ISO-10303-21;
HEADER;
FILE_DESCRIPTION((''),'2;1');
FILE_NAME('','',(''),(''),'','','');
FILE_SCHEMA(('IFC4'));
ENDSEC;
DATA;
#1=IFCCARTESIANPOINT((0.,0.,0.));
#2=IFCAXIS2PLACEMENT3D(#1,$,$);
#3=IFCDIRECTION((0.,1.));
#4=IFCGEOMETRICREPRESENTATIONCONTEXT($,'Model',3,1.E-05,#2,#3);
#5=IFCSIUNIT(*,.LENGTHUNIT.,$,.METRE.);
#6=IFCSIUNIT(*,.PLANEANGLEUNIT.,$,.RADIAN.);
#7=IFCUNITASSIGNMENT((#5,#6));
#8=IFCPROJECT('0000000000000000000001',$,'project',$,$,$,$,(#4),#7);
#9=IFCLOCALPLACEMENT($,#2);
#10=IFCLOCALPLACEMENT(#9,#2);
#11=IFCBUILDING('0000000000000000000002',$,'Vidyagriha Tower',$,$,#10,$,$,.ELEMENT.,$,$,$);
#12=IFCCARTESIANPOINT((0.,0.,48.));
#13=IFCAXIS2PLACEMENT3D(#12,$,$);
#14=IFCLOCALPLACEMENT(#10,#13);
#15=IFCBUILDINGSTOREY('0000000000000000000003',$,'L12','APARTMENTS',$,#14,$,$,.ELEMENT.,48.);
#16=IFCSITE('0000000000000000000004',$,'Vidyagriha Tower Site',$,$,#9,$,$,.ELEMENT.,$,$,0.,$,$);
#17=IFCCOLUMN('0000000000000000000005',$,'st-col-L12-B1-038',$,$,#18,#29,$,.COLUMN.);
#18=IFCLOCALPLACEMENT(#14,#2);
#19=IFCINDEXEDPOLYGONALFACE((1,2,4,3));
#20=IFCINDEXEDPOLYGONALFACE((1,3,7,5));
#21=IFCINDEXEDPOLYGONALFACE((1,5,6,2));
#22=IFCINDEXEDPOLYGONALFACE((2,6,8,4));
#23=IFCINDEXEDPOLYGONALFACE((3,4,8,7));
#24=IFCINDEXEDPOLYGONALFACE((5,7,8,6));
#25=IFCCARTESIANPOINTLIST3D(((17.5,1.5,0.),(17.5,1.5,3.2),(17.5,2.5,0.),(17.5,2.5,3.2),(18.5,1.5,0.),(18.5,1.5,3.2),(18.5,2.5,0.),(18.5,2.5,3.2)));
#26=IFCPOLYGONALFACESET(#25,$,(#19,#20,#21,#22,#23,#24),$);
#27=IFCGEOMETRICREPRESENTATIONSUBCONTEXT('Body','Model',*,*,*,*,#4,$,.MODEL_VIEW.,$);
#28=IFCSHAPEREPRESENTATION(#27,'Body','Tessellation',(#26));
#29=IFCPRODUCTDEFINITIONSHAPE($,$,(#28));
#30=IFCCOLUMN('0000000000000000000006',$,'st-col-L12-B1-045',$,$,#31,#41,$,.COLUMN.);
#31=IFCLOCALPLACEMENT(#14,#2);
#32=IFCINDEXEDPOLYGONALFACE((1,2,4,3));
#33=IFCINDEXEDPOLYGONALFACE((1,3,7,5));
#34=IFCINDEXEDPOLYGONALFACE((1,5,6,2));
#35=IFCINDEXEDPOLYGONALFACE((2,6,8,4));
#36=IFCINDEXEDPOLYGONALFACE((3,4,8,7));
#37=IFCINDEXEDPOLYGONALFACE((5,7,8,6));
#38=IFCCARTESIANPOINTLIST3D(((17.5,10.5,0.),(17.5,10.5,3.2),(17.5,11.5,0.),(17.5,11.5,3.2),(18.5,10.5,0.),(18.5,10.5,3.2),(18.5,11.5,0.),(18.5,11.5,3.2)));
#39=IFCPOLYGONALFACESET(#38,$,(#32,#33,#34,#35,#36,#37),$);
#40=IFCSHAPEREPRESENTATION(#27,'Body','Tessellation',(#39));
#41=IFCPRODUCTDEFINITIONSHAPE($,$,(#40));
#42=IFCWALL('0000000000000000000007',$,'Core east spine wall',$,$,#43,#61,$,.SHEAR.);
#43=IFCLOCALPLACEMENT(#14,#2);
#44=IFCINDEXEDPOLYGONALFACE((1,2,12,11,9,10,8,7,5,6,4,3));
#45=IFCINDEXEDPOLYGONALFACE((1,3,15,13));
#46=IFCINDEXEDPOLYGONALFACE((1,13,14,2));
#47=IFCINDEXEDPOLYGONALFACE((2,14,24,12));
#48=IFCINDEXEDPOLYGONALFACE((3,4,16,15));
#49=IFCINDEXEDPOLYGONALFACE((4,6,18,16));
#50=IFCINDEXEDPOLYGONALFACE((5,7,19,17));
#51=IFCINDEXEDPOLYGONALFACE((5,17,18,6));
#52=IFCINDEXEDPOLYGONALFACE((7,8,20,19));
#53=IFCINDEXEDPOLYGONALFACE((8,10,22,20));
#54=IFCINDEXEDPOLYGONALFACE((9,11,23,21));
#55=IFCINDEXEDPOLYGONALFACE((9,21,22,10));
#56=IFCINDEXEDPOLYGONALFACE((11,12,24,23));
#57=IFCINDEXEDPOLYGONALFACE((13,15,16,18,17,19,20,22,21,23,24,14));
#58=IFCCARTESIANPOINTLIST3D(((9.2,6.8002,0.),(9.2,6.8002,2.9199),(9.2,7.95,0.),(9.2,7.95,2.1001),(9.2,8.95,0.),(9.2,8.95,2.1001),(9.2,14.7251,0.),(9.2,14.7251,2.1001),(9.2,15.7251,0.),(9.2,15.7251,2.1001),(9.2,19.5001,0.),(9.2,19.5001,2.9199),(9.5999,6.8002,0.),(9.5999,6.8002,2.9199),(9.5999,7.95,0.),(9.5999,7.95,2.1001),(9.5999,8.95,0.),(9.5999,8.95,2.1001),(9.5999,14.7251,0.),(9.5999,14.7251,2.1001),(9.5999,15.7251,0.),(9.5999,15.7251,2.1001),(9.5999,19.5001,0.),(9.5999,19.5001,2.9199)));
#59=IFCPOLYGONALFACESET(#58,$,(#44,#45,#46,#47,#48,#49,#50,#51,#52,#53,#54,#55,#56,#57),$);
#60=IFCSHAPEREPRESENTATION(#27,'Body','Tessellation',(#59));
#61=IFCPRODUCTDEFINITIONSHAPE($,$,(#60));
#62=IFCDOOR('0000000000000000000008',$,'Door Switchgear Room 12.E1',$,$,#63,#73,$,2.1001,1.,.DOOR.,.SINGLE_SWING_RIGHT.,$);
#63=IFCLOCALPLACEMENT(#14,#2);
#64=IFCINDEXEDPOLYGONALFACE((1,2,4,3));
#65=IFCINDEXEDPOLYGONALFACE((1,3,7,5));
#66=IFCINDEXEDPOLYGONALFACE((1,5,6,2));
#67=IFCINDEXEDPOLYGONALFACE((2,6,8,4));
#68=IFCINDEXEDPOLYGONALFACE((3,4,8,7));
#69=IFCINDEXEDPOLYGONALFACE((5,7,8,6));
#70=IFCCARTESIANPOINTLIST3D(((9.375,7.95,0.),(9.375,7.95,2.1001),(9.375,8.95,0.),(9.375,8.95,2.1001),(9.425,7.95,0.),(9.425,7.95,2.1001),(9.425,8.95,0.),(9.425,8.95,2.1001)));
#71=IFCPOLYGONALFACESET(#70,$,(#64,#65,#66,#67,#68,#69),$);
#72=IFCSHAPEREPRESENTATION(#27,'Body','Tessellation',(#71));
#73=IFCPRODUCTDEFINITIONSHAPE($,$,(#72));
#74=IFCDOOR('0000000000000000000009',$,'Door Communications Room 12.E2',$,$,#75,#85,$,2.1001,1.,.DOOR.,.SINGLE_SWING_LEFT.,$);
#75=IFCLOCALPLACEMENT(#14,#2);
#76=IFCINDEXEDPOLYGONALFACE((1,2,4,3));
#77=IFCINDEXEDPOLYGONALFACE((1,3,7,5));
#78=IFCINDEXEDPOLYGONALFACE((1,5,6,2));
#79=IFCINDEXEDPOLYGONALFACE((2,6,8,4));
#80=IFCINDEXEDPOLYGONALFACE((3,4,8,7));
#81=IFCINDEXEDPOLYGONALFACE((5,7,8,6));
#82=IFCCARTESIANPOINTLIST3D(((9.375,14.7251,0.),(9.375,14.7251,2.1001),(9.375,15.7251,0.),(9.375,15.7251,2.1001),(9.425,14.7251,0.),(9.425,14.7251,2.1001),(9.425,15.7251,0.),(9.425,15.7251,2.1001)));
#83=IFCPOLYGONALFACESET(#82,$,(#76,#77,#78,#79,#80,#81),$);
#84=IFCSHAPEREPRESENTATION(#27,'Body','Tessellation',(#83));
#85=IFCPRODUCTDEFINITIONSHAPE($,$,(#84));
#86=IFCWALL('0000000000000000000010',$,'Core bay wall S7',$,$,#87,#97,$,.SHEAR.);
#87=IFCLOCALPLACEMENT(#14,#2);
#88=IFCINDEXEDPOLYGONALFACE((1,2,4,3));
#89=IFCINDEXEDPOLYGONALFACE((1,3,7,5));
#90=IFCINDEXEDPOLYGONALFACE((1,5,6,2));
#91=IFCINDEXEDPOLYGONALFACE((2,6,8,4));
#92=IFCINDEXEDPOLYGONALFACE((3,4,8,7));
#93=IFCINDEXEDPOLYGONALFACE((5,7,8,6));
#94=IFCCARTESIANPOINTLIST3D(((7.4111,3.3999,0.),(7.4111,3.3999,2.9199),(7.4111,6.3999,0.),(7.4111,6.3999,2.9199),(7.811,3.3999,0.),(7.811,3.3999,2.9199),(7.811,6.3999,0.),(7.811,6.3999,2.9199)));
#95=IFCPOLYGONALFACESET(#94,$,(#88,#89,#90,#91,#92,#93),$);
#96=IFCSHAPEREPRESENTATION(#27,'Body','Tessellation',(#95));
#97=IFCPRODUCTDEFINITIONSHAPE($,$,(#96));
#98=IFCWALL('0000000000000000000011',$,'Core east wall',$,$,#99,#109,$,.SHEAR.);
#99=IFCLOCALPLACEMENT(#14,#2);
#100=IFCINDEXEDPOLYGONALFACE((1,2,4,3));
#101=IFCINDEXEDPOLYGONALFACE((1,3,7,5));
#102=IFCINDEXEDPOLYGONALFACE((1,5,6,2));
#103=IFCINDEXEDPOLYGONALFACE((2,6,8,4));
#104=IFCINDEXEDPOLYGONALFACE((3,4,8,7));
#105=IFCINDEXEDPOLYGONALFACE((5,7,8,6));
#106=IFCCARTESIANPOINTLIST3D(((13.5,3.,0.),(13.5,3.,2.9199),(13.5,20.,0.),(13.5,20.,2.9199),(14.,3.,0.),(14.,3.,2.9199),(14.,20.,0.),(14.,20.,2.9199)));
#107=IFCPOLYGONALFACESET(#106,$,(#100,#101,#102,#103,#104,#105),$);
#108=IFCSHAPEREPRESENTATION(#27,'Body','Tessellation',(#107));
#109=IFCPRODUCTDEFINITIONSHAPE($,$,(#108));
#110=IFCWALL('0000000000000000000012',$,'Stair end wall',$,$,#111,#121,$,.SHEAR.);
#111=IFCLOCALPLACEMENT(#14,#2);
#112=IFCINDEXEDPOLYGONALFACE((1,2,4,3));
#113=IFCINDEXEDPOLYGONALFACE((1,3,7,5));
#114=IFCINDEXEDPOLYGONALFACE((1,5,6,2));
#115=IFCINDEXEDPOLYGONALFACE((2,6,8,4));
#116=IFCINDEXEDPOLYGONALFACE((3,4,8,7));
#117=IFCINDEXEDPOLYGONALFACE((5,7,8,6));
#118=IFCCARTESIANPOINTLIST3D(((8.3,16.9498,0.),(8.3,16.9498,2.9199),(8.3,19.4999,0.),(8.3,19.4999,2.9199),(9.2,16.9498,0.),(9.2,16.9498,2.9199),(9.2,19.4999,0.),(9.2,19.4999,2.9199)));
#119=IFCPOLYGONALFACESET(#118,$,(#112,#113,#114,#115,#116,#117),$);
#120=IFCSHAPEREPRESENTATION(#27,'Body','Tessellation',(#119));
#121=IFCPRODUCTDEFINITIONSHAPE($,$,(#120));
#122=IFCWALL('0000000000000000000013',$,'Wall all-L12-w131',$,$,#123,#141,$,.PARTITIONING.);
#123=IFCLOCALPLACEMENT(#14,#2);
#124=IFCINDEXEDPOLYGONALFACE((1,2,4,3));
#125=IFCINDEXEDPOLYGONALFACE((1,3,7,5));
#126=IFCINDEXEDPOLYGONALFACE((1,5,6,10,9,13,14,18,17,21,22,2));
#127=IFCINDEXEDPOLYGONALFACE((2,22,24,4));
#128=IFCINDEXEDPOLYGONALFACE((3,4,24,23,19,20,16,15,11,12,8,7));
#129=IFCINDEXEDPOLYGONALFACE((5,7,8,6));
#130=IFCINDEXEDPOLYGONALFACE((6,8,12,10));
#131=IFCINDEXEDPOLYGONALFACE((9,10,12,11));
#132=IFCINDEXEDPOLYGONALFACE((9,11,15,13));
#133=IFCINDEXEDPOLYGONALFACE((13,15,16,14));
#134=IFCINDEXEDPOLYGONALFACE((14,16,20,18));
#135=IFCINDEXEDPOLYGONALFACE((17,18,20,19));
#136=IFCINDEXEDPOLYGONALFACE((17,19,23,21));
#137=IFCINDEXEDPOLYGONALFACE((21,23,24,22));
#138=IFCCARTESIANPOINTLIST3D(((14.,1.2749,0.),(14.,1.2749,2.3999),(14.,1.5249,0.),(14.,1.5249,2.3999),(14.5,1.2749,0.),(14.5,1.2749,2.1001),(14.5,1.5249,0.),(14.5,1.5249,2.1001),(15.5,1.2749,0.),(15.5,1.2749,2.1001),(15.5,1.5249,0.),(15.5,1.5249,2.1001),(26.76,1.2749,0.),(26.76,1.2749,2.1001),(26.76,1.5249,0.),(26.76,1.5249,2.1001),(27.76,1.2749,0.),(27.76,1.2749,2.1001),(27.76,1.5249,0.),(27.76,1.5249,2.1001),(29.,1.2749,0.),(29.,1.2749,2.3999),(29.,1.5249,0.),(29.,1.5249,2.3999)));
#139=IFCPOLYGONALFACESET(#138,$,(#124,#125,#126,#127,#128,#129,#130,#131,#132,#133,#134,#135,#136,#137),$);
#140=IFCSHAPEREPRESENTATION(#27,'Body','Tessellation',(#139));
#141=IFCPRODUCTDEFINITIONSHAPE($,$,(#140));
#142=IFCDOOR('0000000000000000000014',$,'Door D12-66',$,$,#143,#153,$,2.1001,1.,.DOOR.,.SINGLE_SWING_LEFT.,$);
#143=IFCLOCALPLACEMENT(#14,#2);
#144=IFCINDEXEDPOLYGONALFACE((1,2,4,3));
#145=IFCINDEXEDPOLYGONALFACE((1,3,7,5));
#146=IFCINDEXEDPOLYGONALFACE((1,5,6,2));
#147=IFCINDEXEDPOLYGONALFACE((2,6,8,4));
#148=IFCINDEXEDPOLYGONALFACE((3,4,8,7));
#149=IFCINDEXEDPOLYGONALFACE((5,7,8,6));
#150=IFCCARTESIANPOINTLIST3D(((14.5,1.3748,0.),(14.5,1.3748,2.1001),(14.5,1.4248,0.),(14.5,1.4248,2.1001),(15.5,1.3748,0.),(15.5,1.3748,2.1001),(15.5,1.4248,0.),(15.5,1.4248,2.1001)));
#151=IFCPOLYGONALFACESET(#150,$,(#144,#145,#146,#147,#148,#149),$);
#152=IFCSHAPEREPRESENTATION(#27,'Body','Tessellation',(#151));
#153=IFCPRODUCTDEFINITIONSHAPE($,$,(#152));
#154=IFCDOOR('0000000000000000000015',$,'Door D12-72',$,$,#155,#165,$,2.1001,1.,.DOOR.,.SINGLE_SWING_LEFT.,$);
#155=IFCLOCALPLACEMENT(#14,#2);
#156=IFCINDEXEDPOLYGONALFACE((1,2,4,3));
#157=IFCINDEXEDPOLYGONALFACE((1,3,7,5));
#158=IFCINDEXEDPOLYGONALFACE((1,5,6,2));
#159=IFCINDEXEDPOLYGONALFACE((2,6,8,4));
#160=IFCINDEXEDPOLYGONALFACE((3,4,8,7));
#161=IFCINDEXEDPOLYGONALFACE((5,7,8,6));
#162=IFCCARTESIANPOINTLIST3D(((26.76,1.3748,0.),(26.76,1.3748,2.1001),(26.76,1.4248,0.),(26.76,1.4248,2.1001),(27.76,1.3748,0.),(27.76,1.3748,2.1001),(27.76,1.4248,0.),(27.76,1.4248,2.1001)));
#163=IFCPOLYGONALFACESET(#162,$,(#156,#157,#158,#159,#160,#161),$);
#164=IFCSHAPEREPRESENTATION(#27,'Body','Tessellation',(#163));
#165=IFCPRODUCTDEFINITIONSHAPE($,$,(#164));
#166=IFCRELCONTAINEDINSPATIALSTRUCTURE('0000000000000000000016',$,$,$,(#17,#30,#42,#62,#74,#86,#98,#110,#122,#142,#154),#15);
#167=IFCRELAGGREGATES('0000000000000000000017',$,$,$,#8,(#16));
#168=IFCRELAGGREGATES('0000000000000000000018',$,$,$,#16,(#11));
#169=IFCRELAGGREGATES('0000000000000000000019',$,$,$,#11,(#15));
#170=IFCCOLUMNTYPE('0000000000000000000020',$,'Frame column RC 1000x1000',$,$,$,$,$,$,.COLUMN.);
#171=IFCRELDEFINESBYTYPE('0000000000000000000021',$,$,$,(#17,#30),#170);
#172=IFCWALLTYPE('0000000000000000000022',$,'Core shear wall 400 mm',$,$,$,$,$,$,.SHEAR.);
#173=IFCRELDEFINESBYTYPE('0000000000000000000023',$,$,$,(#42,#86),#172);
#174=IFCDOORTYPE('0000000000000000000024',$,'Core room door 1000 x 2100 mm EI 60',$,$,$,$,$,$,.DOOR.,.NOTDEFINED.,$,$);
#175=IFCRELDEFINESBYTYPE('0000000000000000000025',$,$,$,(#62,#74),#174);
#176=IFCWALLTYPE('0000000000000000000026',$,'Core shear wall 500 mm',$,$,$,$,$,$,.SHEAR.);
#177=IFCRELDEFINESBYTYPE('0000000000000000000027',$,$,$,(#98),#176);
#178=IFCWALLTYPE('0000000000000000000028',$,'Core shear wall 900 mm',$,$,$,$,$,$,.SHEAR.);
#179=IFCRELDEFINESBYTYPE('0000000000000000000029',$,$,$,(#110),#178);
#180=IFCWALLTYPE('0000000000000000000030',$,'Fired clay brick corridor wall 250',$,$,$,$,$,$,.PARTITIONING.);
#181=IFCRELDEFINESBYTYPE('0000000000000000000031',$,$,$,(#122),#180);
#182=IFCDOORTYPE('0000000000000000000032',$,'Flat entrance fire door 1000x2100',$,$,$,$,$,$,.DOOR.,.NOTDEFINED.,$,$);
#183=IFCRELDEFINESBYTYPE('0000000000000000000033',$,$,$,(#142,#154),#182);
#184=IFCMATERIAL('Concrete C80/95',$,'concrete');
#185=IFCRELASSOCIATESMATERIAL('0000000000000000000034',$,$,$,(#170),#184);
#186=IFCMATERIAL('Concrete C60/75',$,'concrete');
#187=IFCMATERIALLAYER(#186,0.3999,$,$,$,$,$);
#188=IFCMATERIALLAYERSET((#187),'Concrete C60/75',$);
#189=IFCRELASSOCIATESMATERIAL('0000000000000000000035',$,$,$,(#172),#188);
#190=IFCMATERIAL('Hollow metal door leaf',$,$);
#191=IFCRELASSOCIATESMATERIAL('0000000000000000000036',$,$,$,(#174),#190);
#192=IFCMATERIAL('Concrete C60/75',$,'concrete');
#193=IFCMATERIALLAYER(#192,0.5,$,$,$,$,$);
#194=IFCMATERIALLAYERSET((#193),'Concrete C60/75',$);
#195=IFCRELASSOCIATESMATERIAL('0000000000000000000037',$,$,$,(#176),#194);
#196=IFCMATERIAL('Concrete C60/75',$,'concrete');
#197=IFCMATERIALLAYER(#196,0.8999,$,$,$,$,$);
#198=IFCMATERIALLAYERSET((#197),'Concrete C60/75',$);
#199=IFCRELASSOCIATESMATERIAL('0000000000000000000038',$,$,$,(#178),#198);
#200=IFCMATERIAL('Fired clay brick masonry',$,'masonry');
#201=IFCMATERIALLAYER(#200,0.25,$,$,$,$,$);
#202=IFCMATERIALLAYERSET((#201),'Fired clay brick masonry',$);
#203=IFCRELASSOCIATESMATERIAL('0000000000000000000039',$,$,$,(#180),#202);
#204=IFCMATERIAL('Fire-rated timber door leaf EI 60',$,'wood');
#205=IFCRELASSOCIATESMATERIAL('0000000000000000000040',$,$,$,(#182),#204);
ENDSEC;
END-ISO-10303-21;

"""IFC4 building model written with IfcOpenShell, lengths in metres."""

from ifc_helpers import new_model, si_unit, direction, frame, frame_2d, origin, origin_2d, place, context, subcontext, project, spatial, rectangle, extrude, material, layer, layer_set, material_profile, profile_set, type_object, element, fill, save


model = new_model("IFC4")

# Units and contexts
model_context = context("Model", 3, precision=1e-05, world=origin(), true_north=direction((0.0, 1.0)))
body_context = subcontext(model_context, "Body", "Model", "MODEL_VIEW")
ifc_project = project(units=[si_unit("LENGTHUNIT", "METRE"), si_unit("PLANEANGLEUNIT", "RADIAN")], contexts=[model_context])

# Site, building, storey
site_placement = place(None, origin())
site = spatial("IfcSite", under=ifc_project, at=site_placement, Name="Vidyagriha Tower Site", CompositionType="ELEMENT", RefElevation=0.0)
building_placement = place(site_placement, origin())
building = spatial("IfcBuilding", under=site, at=building_placement, Name="Vidyagriha Tower", CompositionType="ELEMENT")
storey_placement = place(building_placement, frame((0.0, 0.0, 48.0)))
storey = spatial("IfcBuildingStorey", under=building, at=storey_placement, Name="L12", Description="APARTMENTS", CompositionType="ELEMENT", Elevation=48.0)

# Columns
ifc_material_1 = material(Name="Concrete C80/95", Category="concrete")
ifc_material_profile = material_profile(ifc_material_1, rectangle(XDim=1.0, YDim=1.0, at=origin_2d()), Name="RC 1000x1000")
ifc_profile_set = profile_set([ifc_material_profile], Name="Concrete C80/95")
column_type = type_object("IfcColumnType", Name="Frame column RC 1000x1000", PredefinedType="COLUMN", material=ifc_profile_set)
for number, where, name in (
    (1, (18.0, 2.0, 0.0), "st-col-L12-B1-038"),
    (2, (18.0, 11.0, 0.0), "st-col-L12-B1-045"),
):
    element("IfcColumn", number, at=place(storey_placement, frame(where)), inside=storey, type_object=column_type, Name=name, PredefinedType="COLUMN", context=body_context, shape_type="SweptSolid", body=[
        extrude(rectangle(XDim=1.0, YDim=1.0, at=origin_2d()), origin(), (0.0, 0.0, 1.0), 3.2),
    ])

# Wall, openings, doors
ifc_material_2 = material(Name="Concrete C60/75", Category="concrete")
ifc_layer_1 = layer(ifc_material_2, 0.3999)
ifc_layer_set_1 = layer_set([ifc_layer_1], Name="Concrete C60/75")
wall_type_1 = type_object("IfcWallType", Name="Core shear wall 400 mm", PredefinedType="SHEAR", material=ifc_layer_set_1)
wall_1_placement = place(storey_placement, frame((9.3999, 6.8, 0.0), z_axis=(0.0, 0.0, 1.0), x_axis=(0.0, 1.0, 0.0)))
wall_1 = element("IfcWall", 3, at=wall_1_placement, inside=storey, type_object=wall_type_1, Name="Core east spine wall", PredefinedType="SHEAR", context=body_context, shape_type="SweptSolid", body=[
    extrude(rectangle(XDim=12.7, YDim=0.3999, at=frame_2d((6.3501, 0.0))), origin(), (0.0, 0.0, 1.0), 2.9199),
])
opening_1_placement = place(wall_1_placement, frame((1.1499, 0.0, 0.0)))
opening_1 = element("IfcOpeningElement", 4, at=opening_1_placement, cuts=wall_1, PredefinedType="OPENING", context=body_context, shape_type="SweptSolid", body=[
    extrude(rectangle(XDim=1.0, YDim=2.1001, at=frame_2d((0.5, 1.05))), frame((0.0, 0.21, 0.0), z_axis=(0.0, -1.0, 0.0), x_axis=(1.0, 0.0, 0.0)), (0.0, 0.0, 1.0), 0.4199),
])
opening_2_placement = place(wall_1_placement, frame((7.925, 0.0, 0.0)))
opening_2 = element("IfcOpeningElement", 5, at=opening_2_placement, cuts=wall_1, PredefinedType="OPENING", context=body_context, shape_type="SweptSolid", body=[
    extrude(rectangle(XDim=1.0, YDim=2.1001, at=frame_2d((0.5, 1.05))), frame((0.0, 0.21, 0.0), z_axis=(0.0, -1.0, 0.0), x_axis=(1.0, 0.0, 0.0)), (0.0, 0.0, 1.0), 0.4199),
])
ifc_material_3 = material(Name="Hollow metal door leaf")
door_type_1 = type_object("IfcDoorType", Name="Core room door 1000 x 2100 mm EI 60", OperationType="NOTDEFINED", PredefinedType="DOOR", material=ifc_material_3)
door_1_placement = place(opening_1_placement, origin())
door_1 = element("IfcDoor", 6, at=door_1_placement, inside=storey, type_object=door_type_1, Name="Door Switchgear Room 12.E1", OperationType="SINGLE_SWING_RIGHT", OverallHeight=2.1001, OverallWidth=1.0, PredefinedType="DOOR", context=body_context, shape_type="SweptSolid", body=[
    extrude(rectangle(XDim=1.0, YDim=2.1001, at=frame_2d((0.5, 1.05))), frame((0.0, 0.0249, 0.0), z_axis=(0.0, -1.0, 0.0), x_axis=(1.0, 0.0, 0.0)), (0.0, 0.0, 1.0), 0.05),
])
fill(opening_1, door_1)
door_2_placement = place(opening_2_placement, origin())
door_2 = element("IfcDoor", 7, at=door_2_placement, inside=storey, type_object=door_type_1, Name="Door Communications Room 12.E2", OperationType="SINGLE_SWING_LEFT", OverallHeight=2.1001, OverallWidth=1.0, PredefinedType="DOOR", context=body_context, shape_type="SweptSolid", body=[
    extrude(rectangle(XDim=1.0, YDim=2.1001, at=frame_2d((0.5, 1.05))), frame((0.0, 0.0249, 0.0), z_axis=(0.0, -1.0, 0.0), x_axis=(1.0, 0.0, 0.0)), (0.0, 0.0, 1.0), 0.05),
])
fill(opening_2, door_2)

# Walls
wall_2_placement = place(storey_placement, frame((7.6111, 3.3999, 0.0), z_axis=(0.0, 0.0, 1.0), x_axis=(0.0, 1.0, 0.0)))
element("IfcWall", 8, at=wall_2_placement, inside=storey, type_object=wall_type_1, Name="Core bay wall S7", PredefinedType="SHEAR", context=body_context, shape_type="SweptSolid", body=[
    extrude(rectangle(XDim=3.0, YDim=0.3999, at=frame_2d((1.5, 0.0))), origin(), (0.0, 0.0, 1.0), 2.9199),
])
ifc_material_4 = material(Name="Concrete C60/75", Category="concrete")
ifc_layer_2 = layer(ifc_material_4, 0.5)
ifc_layer_set_2 = layer_set([ifc_layer_2], Name="Concrete C60/75")
wall_type_2 = type_object("IfcWallType", Name="Core shear wall 500 mm", PredefinedType="SHEAR", material=ifc_layer_set_2)
wall_3_placement = place(storey_placement, frame((13.75, 3.0, 0.0), z_axis=(0.0, 0.0, 1.0), x_axis=(0.0, 1.0, 0.0)))
element("IfcWall", 9, at=wall_3_placement, inside=storey, type_object=wall_type_2, Name="Core east wall", PredefinedType="SHEAR", context=body_context, shape_type="SweptSolid", body=[
    extrude(rectangle(XDim=17.0, YDim=0.5, at=frame_2d((8.5, 0.0))), origin(), (0.0, 0.0, 1.0), 2.9199),
])
ifc_material_5 = material(Name="Concrete C60/75", Category="concrete")
ifc_layer_3 = layer(ifc_material_5, 0.8999)
ifc_layer_set_3 = layer_set([ifc_layer_3], Name="Concrete C60/75")
wall_type_3 = type_object("IfcWallType", Name="Core shear wall 900 mm", PredefinedType="SHEAR", material=ifc_layer_set_3)
wall_4_placement = place(storey_placement, frame((8.75, 16.95, 0.0), z_axis=(0.0, 0.0, 1.0), x_axis=(0.0, 1.0, 0.0)))
element("IfcWall", 10, at=wall_4_placement, inside=storey, type_object=wall_type_3, Name="Stair end wall", PredefinedType="SHEAR", context=body_context, shape_type="SweptSolid", body=[
    extrude(rectangle(XDim=2.55, YDim=0.8999, at=frame_2d((1.2749, 0.0))), origin(), (0.0, 0.0, 1.0), 2.9199),
])

# Wall, openings, doors
ifc_material_6 = material(Name="Fired clay brick masonry", Category="masonry")
ifc_layer_4 = layer(ifc_material_6, 0.25)
ifc_layer_set_4 = layer_set([ifc_layer_4], Name="Fired clay brick masonry")
wall_type_4 = type_object("IfcWallType", Name="Fired clay brick corridor wall 250", PredefinedType="PARTITIONING", material=ifc_layer_set_4)
wall_5_placement = place(storey_placement, frame((14.0, 1.3999, 0.0)))
wall_5 = element("IfcWall", 11, at=wall_5_placement, inside=storey, type_object=wall_type_4, Name="Wall all-L12-w131", PredefinedType="PARTITIONING", context=body_context, shape_type="SweptSolid", body=[
    extrude(rectangle(XDim=15.0, YDim=0.25, at=frame_2d((7.5, 0.0))), origin(), (0.0, 0.0, 1.0), 2.3999),
])
opening_3_placement = place(wall_5_placement, frame((0.5, 0.0, 0.0)))
opening_3 = element("IfcOpeningElement", 12, at=opening_3_placement, cuts=wall_5, PredefinedType="OPENING", context=body_context, shape_type="SweptSolid", body=[
    extrude(rectangle(XDim=1.0, YDim=2.1001, at=frame_2d((0.5, 1.05))), frame((0.0, 0.135, 0.0), z_axis=(0.0, -1.0, 0.0), x_axis=(1.0, 0.0, 0.0)), (0.0, 0.0, 1.0), 0.27),
])
opening_4_placement = place(wall_5_placement, frame((12.76, 0.0, 0.0)))
opening_4 = element("IfcOpeningElement", 13, at=opening_4_placement, cuts=wall_5, PredefinedType="OPENING", context=body_context, shape_type="SweptSolid", body=[
    extrude(rectangle(XDim=1.0, YDim=2.1001, at=frame_2d((0.5, 1.05))), frame((0.0, 0.135, 0.0), z_axis=(0.0, -1.0, 0.0), x_axis=(1.0, 0.0, 0.0)), (0.0, 0.0, 1.0), 0.27),
])
ifc_material_7 = material(Name="Fire-rated timber door leaf EI 60", Category="wood")
door_type_2 = type_object("IfcDoorType", Name="Flat entrance fire door 1000x2100", OperationType="NOTDEFINED", PredefinedType="DOOR", material=ifc_material_7)
door_3_placement = place(opening_3_placement, origin())
door_3 = element("IfcDoor", 14, at=door_3_placement, inside=storey, type_object=door_type_2, Name="Door D12-66", OperationType="SINGLE_SWING_LEFT", OverallHeight=2.1001, OverallWidth=1.0, PredefinedType="DOOR", context=body_context, shape_type="SweptSolid", body=[
    extrude(rectangle(XDim=1.0, YDim=2.1001, at=frame_2d((0.5, 1.05))), frame((0.0, 0.0249, 0.0), z_axis=(0.0, -1.0, 0.0), x_axis=(1.0, 0.0, 0.0)), (0.0, 0.0, 1.0), 0.05),
])
fill(opening_3, door_3)
door_4_placement = place(opening_4_placement, origin())
door_4 = element("IfcDoor", 15, at=door_4_placement, inside=storey, type_object=door_type_2, Name="Door D12-72", OperationType="SINGLE_SWING_LEFT", OverallHeight=2.1001, OverallWidth=1.0, PredefinedType="DOOR", context=body_context, shape_type="SweptSolid", body=[
    extrude(rectangle(XDim=1.0, YDim=2.1001, at=frame_2d((0.5, 1.05))), frame((0.0, 0.0249, 0.0), z_axis=(0.0, -1.0, 0.0), x_axis=(1.0, 0.0, 0.0)), (0.0, 0.0, 1.0), 0.05),
])
fill(opening_4, door_4)

save(model, "model.ifc")
